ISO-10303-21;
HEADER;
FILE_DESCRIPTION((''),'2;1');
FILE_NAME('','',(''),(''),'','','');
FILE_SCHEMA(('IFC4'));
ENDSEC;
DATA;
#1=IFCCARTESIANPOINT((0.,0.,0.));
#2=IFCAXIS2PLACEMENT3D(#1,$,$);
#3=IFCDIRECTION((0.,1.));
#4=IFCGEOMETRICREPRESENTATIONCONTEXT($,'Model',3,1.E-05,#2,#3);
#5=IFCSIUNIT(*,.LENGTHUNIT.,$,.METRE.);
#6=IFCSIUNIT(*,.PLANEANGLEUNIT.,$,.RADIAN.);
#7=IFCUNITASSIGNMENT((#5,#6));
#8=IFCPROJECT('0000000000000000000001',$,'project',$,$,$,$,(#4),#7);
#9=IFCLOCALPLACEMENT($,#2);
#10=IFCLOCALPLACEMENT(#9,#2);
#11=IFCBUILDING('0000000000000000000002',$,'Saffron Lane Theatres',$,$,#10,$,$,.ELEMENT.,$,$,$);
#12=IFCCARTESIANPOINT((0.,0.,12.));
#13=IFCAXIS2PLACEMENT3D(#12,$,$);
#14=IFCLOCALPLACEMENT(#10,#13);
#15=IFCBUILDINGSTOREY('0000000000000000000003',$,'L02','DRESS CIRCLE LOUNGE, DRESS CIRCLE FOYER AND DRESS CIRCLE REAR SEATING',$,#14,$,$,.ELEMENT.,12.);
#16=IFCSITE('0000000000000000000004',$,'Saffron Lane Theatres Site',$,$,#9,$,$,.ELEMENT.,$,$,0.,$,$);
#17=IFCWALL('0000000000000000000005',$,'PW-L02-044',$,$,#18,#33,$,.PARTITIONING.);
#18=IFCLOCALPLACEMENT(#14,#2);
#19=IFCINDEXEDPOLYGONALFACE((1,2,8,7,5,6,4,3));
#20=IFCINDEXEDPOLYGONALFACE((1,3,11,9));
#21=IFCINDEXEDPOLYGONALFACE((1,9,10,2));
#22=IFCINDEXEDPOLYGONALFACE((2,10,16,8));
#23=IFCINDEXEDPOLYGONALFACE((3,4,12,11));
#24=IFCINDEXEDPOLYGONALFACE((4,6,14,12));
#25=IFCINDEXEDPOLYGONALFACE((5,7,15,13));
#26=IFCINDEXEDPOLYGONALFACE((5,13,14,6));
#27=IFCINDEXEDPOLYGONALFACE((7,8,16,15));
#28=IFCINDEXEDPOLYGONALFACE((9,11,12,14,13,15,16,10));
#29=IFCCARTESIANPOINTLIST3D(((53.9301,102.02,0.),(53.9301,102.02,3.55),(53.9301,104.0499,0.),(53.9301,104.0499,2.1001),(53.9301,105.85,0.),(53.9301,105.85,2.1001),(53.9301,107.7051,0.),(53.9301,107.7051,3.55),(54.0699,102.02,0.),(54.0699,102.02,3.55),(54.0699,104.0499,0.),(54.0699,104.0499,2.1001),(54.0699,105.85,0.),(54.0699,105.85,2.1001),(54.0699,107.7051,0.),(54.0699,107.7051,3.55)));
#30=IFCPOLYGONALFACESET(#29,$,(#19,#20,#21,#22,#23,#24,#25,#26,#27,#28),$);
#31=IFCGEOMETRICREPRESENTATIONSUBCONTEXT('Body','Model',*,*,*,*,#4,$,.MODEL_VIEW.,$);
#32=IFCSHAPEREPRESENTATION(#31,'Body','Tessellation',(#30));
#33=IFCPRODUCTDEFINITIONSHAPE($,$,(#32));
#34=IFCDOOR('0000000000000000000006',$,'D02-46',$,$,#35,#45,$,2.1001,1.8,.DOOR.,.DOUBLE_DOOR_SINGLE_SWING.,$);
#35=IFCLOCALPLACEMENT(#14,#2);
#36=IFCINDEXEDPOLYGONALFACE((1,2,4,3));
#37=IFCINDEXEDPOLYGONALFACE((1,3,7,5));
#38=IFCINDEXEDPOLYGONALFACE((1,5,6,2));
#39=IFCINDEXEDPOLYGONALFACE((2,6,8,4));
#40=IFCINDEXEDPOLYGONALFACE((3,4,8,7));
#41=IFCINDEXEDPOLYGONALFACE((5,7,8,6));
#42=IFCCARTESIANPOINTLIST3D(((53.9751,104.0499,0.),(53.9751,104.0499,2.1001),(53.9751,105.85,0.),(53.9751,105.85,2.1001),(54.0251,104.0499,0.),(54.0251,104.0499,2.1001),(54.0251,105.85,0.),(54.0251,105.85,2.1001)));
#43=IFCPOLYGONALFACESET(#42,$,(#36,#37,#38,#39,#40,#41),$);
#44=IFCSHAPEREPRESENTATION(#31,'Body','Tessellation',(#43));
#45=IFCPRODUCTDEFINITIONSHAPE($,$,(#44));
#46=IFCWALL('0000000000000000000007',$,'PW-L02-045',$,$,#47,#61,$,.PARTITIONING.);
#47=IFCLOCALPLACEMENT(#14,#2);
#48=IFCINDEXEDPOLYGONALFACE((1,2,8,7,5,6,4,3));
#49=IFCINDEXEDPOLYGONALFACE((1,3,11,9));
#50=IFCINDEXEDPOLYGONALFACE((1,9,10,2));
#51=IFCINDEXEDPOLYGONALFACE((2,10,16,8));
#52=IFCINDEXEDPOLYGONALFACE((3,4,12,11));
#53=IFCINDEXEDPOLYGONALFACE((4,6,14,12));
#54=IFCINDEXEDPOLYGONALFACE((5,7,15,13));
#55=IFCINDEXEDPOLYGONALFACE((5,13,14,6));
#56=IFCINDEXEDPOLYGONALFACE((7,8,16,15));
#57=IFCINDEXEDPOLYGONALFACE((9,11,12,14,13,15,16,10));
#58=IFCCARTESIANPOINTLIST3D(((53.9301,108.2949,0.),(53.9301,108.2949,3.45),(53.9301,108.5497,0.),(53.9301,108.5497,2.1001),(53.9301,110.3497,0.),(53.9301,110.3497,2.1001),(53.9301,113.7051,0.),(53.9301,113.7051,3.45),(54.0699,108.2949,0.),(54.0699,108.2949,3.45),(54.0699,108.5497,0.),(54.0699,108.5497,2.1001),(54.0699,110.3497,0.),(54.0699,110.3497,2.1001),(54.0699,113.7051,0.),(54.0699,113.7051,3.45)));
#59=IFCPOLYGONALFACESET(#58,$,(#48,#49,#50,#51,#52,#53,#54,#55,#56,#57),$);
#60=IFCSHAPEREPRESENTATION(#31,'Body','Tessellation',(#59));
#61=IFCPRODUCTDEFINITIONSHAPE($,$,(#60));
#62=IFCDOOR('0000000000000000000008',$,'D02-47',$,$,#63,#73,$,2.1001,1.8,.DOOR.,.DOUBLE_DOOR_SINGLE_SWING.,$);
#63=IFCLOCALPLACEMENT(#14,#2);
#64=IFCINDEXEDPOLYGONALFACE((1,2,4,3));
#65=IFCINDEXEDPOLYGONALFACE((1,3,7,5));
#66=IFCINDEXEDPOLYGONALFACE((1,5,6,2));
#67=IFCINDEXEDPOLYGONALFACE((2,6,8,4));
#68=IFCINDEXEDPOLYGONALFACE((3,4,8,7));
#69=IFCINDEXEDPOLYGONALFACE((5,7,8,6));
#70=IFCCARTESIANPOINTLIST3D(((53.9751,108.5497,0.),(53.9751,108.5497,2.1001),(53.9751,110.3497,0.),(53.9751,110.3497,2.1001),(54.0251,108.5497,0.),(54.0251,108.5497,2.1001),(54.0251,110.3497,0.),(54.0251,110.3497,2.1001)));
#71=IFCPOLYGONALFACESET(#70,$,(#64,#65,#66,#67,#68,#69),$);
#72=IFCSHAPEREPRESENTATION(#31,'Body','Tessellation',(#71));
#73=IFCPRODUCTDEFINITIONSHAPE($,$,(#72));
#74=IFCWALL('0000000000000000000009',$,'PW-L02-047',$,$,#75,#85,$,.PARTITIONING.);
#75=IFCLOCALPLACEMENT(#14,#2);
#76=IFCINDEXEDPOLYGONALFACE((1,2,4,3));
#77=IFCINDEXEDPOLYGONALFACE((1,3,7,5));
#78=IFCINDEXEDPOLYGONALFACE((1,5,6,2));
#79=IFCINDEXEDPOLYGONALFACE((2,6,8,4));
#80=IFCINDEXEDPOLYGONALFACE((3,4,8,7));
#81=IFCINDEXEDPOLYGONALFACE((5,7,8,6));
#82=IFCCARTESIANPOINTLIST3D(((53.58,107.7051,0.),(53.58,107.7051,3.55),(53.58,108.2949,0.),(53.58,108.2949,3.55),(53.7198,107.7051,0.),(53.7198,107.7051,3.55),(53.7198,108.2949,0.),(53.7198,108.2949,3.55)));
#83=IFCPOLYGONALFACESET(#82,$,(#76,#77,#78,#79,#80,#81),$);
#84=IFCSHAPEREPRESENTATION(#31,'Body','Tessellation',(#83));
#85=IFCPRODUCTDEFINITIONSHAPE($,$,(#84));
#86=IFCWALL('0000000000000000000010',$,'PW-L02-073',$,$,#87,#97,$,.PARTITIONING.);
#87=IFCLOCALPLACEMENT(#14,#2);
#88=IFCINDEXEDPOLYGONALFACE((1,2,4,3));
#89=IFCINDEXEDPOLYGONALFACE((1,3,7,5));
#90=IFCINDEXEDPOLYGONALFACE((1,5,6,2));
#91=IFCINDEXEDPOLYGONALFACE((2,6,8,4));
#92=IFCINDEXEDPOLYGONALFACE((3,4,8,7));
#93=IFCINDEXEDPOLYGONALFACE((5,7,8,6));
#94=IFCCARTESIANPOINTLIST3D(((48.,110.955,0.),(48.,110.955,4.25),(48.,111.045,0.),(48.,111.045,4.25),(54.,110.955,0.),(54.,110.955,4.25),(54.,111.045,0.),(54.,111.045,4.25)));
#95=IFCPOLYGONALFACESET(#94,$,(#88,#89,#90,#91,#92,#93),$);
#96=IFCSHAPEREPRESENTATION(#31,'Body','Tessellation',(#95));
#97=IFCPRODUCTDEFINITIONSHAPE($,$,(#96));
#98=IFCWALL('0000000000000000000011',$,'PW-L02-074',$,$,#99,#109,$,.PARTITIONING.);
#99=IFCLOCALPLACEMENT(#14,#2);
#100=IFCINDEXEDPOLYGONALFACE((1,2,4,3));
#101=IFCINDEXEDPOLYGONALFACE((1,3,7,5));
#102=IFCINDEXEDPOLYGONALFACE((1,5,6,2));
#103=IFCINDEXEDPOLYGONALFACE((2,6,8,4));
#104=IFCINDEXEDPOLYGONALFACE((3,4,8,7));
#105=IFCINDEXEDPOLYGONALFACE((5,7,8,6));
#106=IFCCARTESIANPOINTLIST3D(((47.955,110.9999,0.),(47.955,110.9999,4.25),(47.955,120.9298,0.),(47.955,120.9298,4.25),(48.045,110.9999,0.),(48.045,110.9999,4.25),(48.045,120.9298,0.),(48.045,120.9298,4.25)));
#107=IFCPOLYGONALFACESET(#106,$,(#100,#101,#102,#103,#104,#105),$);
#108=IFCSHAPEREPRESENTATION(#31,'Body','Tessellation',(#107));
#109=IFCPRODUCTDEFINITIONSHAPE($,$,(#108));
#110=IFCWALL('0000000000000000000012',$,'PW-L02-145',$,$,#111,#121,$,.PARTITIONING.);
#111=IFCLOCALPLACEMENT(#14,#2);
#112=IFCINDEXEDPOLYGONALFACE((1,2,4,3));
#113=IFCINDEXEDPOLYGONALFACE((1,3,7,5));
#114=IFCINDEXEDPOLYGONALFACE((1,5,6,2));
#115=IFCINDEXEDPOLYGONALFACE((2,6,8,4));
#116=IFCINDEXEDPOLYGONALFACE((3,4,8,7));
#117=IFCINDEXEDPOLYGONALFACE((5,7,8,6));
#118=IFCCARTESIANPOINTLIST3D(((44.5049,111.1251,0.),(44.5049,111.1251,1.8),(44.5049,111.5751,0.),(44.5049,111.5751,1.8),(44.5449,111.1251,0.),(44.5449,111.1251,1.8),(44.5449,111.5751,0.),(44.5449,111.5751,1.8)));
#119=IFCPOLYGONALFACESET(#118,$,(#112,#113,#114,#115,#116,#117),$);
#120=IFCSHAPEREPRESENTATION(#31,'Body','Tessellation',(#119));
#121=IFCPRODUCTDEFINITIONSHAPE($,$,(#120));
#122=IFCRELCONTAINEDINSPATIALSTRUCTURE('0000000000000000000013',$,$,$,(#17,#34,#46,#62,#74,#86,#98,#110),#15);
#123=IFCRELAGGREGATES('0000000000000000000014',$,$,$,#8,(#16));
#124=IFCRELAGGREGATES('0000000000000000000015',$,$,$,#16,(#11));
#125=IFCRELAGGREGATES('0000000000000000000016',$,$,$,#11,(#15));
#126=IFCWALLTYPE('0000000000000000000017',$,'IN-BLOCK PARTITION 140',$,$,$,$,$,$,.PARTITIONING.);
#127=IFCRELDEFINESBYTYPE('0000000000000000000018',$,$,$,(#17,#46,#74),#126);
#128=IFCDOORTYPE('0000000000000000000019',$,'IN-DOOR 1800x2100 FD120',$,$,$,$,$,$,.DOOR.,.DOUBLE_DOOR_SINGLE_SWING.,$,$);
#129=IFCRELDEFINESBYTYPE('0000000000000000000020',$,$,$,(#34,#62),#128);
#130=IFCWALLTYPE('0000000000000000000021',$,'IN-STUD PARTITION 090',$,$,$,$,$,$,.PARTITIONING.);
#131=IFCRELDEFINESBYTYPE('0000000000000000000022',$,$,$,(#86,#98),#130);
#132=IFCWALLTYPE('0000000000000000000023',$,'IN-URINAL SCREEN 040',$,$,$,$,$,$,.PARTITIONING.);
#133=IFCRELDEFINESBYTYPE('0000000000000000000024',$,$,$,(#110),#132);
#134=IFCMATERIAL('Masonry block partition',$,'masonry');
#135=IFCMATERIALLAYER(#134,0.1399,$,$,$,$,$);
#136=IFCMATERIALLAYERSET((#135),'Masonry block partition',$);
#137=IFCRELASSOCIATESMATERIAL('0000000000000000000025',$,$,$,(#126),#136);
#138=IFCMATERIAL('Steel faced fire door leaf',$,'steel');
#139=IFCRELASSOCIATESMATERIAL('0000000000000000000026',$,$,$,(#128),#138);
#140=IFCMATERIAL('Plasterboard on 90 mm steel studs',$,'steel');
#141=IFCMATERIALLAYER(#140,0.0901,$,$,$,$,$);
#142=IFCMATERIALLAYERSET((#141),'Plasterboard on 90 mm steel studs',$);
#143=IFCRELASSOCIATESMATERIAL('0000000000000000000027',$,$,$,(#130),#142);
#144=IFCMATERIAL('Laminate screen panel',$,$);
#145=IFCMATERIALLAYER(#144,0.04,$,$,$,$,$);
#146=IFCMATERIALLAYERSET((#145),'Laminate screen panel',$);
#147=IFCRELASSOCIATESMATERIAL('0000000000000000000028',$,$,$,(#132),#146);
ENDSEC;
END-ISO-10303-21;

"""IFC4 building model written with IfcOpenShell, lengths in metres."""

from ifc_helpers import new_model, si_unit, direction, frame, frame_2d, origin, place, context, subcontext, project, spatial, rectangle, extrude, material, layer, layer_set, type_object, element, fill, save


model = new_model("IFC4")

# Units and contexts
model_context = context("Model", 3, precision=1e-05, world=origin(), true_north=direction((0.0, 1.0)))
body_context = subcontext(model_context, "Body", "Model", "MODEL_VIEW")
ifc_project = project(units=[si_unit("LENGTHUNIT", "METRE"), si_unit("PLANEANGLEUNIT", "RADIAN")], contexts=[model_context])

# Site, building, storey
site_placement = place(None, origin())
site = spatial("IfcSite", under=ifc_project, at=site_placement, Name="Saffron Lane Theatres Site", CompositionType="ELEMENT", RefElevation=0.0)
building_placement = place(site_placement, origin())
building = spatial("IfcBuilding", under=site, at=building_placement, Name="Saffron Lane Theatres", CompositionType="ELEMENT")
storey_placement = place(building_placement, frame((0.0, 0.0, 12.0)))
storey = spatial("IfcBuildingStorey", under=building, at=storey_placement, Name="L02", Description="DRESS CIRCLE LOUNGE, DRESS CIRCLE FOYER AND DRESS CIRCLE REAR SEATING", CompositionType="ELEMENT", Elevation=12.0)

# Walls, openings, doors
ifc_material_1 = material(Name="Masonry block partition", Category="masonry")
ifc_layer_1 = layer(ifc_material_1, 0.1399)
ifc_layer_set_1 = layer_set([ifc_layer_1], Name="Masonry block partition")
wall_type_1 = type_object("IfcWallType", Name="IN-BLOCK PARTITION 140", PredefinedType="PARTITIONING", material=ifc_layer_set_1)
wall_1_placement = place(storey_placement, frame((54.0, 102.02, 0.0), z_axis=(0.0, 0.0, 1.0), x_axis=(0.0, 1.0, 0.0)))
wall_1 = element("IfcWall", 1, at=wall_1_placement, inside=storey, type_object=wall_type_1, Name="PW-L02-044", PredefinedType="PARTITIONING", context=body_context, shape_type="SweptSolid", body=[
    extrude(rectangle(XDim=5.6851, YDim=0.1399, at=frame_2d((2.8425, 0.0))), origin(), (0.0, 0.0, 1.0), 3.55),
])
opening_1_placement = place(wall_1_placement, frame((2.03, 0.0, 0.0)))
opening_1 = element("IfcOpeningElement", 2, at=opening_1_placement, cuts=wall_1, PredefinedType="OPENING", context=body_context, shape_type="SweptSolid", body=[
    extrude(rectangle(XDim=1.8, YDim=2.1001, at=frame_2d((0.8999, 1.05))), frame((0.0, 0.0801, 0.0), z_axis=(0.0, -1.0, 0.0), x_axis=(1.0, 0.0, 0.0)), (0.0, 0.0, 1.0), 0.1599),
])
ifc_material_2 = material(Name="Steel faced fire door leaf", Category="steel")
door_type = type_object("IfcDoorType", Name="IN-DOOR 1800x2100 FD120", OperationType="DOUBLE_DOOR_SINGLE_SWING", PredefinedType="DOOR", material=ifc_material_2)
door_1_placement = place(opening_1_placement, origin())
door_1 = element("IfcDoor", 3, at=door_1_placement, inside=storey, type_object=door_type, Name="D02-46", OperationType="DOUBLE_DOOR_SINGLE_SWING", OverallHeight=2.1001, OverallWidth=1.8, PredefinedType="DOOR", context=body_context, shape_type="SweptSolid", body=[
    extrude(rectangle(XDim=1.8, YDim=2.1001, at=frame_2d((0.8999, 1.05))), frame((0.0, 0.0249, 0.0), z_axis=(0.0, -1.0, 0.0), x_axis=(1.0, 0.0, 0.0)), (0.0, 0.0, 1.0), 0.05),
])
fill(opening_1, door_1)
wall_2_placement = place(storey_placement, frame((54.0, 108.2949, 0.0), z_axis=(0.0, 0.0, 1.0), x_axis=(0.0, 1.0, 0.0)))
wall_2 = element("IfcWall", 4, at=wall_2_placement, inside=storey, type_object=wall_type_1, Name="PW-L02-045", PredefinedType="PARTITIONING", context=body_context, shape_type="SweptSolid", body=[
    extrude(rectangle(XDim=5.4102, YDim=0.1399, at=frame_2d((2.7051, 0.0))), origin(), (0.0, 0.0, 1.0), 3.45),
])
opening_2_placement = place(wall_2_placement, frame((0.2549, 0.0, 0.0)))
opening_2 = element("IfcOpeningElement", 5, at=opening_2_placement, cuts=wall_2, PredefinedType="OPENING", context=body_context, shape_type="SweptSolid", body=[
    extrude(rectangle(XDim=1.8, YDim=2.1001, at=frame_2d((0.8999, 1.05))), frame((0.0, 0.0801, 0.0), z_axis=(0.0, -1.0, 0.0), x_axis=(1.0, 0.0, 0.0)), (0.0, 0.0, 1.0), 0.1599),
])
door_2_placement = place(opening_2_placement, origin())
door_2 = element("IfcDoor", 6, at=door_2_placement, inside=storey, type_object=door_type, Name="D02-47", OperationType="DOUBLE_DOOR_SINGLE_SWING", OverallHeight=2.1001, OverallWidth=1.8, PredefinedType="DOOR", context=body_context, shape_type="SweptSolid", body=[
    extrude(rectangle(XDim=1.8, YDim=2.1001, at=frame_2d((0.8999, 1.05))), frame((0.0, 0.0249, 0.0), z_axis=(0.0, -1.0, 0.0), x_axis=(1.0, 0.0, 0.0)), (0.0, 0.0, 1.0), 0.05),
])
fill(opening_2, door_2)

# Walls
wall_3_placement = place(storey_placement, frame((53.6499, 107.7051, 0.0), z_axis=(0.0, 0.0, 1.0), x_axis=(0.0, 1.0, 0.0)))
element("IfcWall", 7, at=wall_3_placement, inside=storey, type_object=wall_type_1, Name="PW-L02-047", PredefinedType="PARTITIONING", context=body_context, shape_type="SweptSolid", body=[
    extrude(rectangle(XDim=0.5898, YDim=0.1399, at=frame_2d((0.2949, 0.0))), origin(), (0.0, 0.0, 1.0), 3.55),
])
ifc_material_3 = material(Name="Plasterboard on 90 mm steel studs", Category="steel")
ifc_layer_2 = layer(ifc_material_3, 0.0901)
ifc_layer_set_2 = layer_set([ifc_layer_2], Name="Plasterboard on 90 mm steel studs")
wall_type_2 = type_object("IfcWallType", Name="IN-STUD PARTITION 090", PredefinedType="PARTITIONING", material=ifc_layer_set_2)
wall_4_placement = place(storey_placement, frame((48.0, 111.0, 0.0), z_axis=(0.0, 0.0, 1.0), x_axis=(1.0, 0.0, 0.0)))
element("IfcWall", 8, at=wall_4_placement, inside=storey, type_object=wall_type_2, Name="PW-L02-073", PredefinedType="PARTITIONING", context=body_context, shape_type="SweptSolid", body=[
    extrude(rectangle(XDim=6.0, YDim=0.0901, at=frame_2d((3.0, 0.0))), origin(), (0.0, 0.0, 1.0), 4.25),
])
wall_5_placement = place(storey_placement, frame((48.0, 111.0, 0.0), z_axis=(0.0, 0.0, 1.0), x_axis=(0.0, 1.0, 0.0)))
element("IfcWall", 9, at=wall_5_placement, inside=storey, type_object=wall_type_2, Name="PW-L02-074", PredefinedType="PARTITIONING", context=body_context, shape_type="SweptSolid", body=[
    extrude(rectangle(XDim=9.9299, YDim=0.0901, at=frame_2d((4.9648, 0.0))), origin(), (0.0, 0.0, 1.0), 4.25),
])
ifc_material_4 = material(Name="Laminate screen panel")
ifc_layer_3 = layer(ifc_material_4, 0.04)
ifc_layer_set_3 = layer_set([ifc_layer_3], Name="Laminate screen panel")
wall_type_3 = type_object("IfcWallType", Name="IN-URINAL SCREEN 040", PredefinedType="PARTITIONING", material=ifc_layer_set_3)
wall_6_placement = place(storey_placement, frame((44.5249, 111.125, 0.0), z_axis=(0.0, 0.0, 1.0), x_axis=(0.0, 1.0, 0.0)))
element("IfcWall", 10, at=wall_6_placement, inside=storey, type_object=wall_type_3, Name="PW-L02-145", PredefinedType="PARTITIONING", context=body_context, shape_type="SweptSolid", body=[
    extrude(rectangle(XDim=0.45, YDim=0.04, at=frame_2d((0.2251, 0.0))), origin(), (0.0, 0.0, 1.0), 1.8),
])

save(model, "model.ifc")
